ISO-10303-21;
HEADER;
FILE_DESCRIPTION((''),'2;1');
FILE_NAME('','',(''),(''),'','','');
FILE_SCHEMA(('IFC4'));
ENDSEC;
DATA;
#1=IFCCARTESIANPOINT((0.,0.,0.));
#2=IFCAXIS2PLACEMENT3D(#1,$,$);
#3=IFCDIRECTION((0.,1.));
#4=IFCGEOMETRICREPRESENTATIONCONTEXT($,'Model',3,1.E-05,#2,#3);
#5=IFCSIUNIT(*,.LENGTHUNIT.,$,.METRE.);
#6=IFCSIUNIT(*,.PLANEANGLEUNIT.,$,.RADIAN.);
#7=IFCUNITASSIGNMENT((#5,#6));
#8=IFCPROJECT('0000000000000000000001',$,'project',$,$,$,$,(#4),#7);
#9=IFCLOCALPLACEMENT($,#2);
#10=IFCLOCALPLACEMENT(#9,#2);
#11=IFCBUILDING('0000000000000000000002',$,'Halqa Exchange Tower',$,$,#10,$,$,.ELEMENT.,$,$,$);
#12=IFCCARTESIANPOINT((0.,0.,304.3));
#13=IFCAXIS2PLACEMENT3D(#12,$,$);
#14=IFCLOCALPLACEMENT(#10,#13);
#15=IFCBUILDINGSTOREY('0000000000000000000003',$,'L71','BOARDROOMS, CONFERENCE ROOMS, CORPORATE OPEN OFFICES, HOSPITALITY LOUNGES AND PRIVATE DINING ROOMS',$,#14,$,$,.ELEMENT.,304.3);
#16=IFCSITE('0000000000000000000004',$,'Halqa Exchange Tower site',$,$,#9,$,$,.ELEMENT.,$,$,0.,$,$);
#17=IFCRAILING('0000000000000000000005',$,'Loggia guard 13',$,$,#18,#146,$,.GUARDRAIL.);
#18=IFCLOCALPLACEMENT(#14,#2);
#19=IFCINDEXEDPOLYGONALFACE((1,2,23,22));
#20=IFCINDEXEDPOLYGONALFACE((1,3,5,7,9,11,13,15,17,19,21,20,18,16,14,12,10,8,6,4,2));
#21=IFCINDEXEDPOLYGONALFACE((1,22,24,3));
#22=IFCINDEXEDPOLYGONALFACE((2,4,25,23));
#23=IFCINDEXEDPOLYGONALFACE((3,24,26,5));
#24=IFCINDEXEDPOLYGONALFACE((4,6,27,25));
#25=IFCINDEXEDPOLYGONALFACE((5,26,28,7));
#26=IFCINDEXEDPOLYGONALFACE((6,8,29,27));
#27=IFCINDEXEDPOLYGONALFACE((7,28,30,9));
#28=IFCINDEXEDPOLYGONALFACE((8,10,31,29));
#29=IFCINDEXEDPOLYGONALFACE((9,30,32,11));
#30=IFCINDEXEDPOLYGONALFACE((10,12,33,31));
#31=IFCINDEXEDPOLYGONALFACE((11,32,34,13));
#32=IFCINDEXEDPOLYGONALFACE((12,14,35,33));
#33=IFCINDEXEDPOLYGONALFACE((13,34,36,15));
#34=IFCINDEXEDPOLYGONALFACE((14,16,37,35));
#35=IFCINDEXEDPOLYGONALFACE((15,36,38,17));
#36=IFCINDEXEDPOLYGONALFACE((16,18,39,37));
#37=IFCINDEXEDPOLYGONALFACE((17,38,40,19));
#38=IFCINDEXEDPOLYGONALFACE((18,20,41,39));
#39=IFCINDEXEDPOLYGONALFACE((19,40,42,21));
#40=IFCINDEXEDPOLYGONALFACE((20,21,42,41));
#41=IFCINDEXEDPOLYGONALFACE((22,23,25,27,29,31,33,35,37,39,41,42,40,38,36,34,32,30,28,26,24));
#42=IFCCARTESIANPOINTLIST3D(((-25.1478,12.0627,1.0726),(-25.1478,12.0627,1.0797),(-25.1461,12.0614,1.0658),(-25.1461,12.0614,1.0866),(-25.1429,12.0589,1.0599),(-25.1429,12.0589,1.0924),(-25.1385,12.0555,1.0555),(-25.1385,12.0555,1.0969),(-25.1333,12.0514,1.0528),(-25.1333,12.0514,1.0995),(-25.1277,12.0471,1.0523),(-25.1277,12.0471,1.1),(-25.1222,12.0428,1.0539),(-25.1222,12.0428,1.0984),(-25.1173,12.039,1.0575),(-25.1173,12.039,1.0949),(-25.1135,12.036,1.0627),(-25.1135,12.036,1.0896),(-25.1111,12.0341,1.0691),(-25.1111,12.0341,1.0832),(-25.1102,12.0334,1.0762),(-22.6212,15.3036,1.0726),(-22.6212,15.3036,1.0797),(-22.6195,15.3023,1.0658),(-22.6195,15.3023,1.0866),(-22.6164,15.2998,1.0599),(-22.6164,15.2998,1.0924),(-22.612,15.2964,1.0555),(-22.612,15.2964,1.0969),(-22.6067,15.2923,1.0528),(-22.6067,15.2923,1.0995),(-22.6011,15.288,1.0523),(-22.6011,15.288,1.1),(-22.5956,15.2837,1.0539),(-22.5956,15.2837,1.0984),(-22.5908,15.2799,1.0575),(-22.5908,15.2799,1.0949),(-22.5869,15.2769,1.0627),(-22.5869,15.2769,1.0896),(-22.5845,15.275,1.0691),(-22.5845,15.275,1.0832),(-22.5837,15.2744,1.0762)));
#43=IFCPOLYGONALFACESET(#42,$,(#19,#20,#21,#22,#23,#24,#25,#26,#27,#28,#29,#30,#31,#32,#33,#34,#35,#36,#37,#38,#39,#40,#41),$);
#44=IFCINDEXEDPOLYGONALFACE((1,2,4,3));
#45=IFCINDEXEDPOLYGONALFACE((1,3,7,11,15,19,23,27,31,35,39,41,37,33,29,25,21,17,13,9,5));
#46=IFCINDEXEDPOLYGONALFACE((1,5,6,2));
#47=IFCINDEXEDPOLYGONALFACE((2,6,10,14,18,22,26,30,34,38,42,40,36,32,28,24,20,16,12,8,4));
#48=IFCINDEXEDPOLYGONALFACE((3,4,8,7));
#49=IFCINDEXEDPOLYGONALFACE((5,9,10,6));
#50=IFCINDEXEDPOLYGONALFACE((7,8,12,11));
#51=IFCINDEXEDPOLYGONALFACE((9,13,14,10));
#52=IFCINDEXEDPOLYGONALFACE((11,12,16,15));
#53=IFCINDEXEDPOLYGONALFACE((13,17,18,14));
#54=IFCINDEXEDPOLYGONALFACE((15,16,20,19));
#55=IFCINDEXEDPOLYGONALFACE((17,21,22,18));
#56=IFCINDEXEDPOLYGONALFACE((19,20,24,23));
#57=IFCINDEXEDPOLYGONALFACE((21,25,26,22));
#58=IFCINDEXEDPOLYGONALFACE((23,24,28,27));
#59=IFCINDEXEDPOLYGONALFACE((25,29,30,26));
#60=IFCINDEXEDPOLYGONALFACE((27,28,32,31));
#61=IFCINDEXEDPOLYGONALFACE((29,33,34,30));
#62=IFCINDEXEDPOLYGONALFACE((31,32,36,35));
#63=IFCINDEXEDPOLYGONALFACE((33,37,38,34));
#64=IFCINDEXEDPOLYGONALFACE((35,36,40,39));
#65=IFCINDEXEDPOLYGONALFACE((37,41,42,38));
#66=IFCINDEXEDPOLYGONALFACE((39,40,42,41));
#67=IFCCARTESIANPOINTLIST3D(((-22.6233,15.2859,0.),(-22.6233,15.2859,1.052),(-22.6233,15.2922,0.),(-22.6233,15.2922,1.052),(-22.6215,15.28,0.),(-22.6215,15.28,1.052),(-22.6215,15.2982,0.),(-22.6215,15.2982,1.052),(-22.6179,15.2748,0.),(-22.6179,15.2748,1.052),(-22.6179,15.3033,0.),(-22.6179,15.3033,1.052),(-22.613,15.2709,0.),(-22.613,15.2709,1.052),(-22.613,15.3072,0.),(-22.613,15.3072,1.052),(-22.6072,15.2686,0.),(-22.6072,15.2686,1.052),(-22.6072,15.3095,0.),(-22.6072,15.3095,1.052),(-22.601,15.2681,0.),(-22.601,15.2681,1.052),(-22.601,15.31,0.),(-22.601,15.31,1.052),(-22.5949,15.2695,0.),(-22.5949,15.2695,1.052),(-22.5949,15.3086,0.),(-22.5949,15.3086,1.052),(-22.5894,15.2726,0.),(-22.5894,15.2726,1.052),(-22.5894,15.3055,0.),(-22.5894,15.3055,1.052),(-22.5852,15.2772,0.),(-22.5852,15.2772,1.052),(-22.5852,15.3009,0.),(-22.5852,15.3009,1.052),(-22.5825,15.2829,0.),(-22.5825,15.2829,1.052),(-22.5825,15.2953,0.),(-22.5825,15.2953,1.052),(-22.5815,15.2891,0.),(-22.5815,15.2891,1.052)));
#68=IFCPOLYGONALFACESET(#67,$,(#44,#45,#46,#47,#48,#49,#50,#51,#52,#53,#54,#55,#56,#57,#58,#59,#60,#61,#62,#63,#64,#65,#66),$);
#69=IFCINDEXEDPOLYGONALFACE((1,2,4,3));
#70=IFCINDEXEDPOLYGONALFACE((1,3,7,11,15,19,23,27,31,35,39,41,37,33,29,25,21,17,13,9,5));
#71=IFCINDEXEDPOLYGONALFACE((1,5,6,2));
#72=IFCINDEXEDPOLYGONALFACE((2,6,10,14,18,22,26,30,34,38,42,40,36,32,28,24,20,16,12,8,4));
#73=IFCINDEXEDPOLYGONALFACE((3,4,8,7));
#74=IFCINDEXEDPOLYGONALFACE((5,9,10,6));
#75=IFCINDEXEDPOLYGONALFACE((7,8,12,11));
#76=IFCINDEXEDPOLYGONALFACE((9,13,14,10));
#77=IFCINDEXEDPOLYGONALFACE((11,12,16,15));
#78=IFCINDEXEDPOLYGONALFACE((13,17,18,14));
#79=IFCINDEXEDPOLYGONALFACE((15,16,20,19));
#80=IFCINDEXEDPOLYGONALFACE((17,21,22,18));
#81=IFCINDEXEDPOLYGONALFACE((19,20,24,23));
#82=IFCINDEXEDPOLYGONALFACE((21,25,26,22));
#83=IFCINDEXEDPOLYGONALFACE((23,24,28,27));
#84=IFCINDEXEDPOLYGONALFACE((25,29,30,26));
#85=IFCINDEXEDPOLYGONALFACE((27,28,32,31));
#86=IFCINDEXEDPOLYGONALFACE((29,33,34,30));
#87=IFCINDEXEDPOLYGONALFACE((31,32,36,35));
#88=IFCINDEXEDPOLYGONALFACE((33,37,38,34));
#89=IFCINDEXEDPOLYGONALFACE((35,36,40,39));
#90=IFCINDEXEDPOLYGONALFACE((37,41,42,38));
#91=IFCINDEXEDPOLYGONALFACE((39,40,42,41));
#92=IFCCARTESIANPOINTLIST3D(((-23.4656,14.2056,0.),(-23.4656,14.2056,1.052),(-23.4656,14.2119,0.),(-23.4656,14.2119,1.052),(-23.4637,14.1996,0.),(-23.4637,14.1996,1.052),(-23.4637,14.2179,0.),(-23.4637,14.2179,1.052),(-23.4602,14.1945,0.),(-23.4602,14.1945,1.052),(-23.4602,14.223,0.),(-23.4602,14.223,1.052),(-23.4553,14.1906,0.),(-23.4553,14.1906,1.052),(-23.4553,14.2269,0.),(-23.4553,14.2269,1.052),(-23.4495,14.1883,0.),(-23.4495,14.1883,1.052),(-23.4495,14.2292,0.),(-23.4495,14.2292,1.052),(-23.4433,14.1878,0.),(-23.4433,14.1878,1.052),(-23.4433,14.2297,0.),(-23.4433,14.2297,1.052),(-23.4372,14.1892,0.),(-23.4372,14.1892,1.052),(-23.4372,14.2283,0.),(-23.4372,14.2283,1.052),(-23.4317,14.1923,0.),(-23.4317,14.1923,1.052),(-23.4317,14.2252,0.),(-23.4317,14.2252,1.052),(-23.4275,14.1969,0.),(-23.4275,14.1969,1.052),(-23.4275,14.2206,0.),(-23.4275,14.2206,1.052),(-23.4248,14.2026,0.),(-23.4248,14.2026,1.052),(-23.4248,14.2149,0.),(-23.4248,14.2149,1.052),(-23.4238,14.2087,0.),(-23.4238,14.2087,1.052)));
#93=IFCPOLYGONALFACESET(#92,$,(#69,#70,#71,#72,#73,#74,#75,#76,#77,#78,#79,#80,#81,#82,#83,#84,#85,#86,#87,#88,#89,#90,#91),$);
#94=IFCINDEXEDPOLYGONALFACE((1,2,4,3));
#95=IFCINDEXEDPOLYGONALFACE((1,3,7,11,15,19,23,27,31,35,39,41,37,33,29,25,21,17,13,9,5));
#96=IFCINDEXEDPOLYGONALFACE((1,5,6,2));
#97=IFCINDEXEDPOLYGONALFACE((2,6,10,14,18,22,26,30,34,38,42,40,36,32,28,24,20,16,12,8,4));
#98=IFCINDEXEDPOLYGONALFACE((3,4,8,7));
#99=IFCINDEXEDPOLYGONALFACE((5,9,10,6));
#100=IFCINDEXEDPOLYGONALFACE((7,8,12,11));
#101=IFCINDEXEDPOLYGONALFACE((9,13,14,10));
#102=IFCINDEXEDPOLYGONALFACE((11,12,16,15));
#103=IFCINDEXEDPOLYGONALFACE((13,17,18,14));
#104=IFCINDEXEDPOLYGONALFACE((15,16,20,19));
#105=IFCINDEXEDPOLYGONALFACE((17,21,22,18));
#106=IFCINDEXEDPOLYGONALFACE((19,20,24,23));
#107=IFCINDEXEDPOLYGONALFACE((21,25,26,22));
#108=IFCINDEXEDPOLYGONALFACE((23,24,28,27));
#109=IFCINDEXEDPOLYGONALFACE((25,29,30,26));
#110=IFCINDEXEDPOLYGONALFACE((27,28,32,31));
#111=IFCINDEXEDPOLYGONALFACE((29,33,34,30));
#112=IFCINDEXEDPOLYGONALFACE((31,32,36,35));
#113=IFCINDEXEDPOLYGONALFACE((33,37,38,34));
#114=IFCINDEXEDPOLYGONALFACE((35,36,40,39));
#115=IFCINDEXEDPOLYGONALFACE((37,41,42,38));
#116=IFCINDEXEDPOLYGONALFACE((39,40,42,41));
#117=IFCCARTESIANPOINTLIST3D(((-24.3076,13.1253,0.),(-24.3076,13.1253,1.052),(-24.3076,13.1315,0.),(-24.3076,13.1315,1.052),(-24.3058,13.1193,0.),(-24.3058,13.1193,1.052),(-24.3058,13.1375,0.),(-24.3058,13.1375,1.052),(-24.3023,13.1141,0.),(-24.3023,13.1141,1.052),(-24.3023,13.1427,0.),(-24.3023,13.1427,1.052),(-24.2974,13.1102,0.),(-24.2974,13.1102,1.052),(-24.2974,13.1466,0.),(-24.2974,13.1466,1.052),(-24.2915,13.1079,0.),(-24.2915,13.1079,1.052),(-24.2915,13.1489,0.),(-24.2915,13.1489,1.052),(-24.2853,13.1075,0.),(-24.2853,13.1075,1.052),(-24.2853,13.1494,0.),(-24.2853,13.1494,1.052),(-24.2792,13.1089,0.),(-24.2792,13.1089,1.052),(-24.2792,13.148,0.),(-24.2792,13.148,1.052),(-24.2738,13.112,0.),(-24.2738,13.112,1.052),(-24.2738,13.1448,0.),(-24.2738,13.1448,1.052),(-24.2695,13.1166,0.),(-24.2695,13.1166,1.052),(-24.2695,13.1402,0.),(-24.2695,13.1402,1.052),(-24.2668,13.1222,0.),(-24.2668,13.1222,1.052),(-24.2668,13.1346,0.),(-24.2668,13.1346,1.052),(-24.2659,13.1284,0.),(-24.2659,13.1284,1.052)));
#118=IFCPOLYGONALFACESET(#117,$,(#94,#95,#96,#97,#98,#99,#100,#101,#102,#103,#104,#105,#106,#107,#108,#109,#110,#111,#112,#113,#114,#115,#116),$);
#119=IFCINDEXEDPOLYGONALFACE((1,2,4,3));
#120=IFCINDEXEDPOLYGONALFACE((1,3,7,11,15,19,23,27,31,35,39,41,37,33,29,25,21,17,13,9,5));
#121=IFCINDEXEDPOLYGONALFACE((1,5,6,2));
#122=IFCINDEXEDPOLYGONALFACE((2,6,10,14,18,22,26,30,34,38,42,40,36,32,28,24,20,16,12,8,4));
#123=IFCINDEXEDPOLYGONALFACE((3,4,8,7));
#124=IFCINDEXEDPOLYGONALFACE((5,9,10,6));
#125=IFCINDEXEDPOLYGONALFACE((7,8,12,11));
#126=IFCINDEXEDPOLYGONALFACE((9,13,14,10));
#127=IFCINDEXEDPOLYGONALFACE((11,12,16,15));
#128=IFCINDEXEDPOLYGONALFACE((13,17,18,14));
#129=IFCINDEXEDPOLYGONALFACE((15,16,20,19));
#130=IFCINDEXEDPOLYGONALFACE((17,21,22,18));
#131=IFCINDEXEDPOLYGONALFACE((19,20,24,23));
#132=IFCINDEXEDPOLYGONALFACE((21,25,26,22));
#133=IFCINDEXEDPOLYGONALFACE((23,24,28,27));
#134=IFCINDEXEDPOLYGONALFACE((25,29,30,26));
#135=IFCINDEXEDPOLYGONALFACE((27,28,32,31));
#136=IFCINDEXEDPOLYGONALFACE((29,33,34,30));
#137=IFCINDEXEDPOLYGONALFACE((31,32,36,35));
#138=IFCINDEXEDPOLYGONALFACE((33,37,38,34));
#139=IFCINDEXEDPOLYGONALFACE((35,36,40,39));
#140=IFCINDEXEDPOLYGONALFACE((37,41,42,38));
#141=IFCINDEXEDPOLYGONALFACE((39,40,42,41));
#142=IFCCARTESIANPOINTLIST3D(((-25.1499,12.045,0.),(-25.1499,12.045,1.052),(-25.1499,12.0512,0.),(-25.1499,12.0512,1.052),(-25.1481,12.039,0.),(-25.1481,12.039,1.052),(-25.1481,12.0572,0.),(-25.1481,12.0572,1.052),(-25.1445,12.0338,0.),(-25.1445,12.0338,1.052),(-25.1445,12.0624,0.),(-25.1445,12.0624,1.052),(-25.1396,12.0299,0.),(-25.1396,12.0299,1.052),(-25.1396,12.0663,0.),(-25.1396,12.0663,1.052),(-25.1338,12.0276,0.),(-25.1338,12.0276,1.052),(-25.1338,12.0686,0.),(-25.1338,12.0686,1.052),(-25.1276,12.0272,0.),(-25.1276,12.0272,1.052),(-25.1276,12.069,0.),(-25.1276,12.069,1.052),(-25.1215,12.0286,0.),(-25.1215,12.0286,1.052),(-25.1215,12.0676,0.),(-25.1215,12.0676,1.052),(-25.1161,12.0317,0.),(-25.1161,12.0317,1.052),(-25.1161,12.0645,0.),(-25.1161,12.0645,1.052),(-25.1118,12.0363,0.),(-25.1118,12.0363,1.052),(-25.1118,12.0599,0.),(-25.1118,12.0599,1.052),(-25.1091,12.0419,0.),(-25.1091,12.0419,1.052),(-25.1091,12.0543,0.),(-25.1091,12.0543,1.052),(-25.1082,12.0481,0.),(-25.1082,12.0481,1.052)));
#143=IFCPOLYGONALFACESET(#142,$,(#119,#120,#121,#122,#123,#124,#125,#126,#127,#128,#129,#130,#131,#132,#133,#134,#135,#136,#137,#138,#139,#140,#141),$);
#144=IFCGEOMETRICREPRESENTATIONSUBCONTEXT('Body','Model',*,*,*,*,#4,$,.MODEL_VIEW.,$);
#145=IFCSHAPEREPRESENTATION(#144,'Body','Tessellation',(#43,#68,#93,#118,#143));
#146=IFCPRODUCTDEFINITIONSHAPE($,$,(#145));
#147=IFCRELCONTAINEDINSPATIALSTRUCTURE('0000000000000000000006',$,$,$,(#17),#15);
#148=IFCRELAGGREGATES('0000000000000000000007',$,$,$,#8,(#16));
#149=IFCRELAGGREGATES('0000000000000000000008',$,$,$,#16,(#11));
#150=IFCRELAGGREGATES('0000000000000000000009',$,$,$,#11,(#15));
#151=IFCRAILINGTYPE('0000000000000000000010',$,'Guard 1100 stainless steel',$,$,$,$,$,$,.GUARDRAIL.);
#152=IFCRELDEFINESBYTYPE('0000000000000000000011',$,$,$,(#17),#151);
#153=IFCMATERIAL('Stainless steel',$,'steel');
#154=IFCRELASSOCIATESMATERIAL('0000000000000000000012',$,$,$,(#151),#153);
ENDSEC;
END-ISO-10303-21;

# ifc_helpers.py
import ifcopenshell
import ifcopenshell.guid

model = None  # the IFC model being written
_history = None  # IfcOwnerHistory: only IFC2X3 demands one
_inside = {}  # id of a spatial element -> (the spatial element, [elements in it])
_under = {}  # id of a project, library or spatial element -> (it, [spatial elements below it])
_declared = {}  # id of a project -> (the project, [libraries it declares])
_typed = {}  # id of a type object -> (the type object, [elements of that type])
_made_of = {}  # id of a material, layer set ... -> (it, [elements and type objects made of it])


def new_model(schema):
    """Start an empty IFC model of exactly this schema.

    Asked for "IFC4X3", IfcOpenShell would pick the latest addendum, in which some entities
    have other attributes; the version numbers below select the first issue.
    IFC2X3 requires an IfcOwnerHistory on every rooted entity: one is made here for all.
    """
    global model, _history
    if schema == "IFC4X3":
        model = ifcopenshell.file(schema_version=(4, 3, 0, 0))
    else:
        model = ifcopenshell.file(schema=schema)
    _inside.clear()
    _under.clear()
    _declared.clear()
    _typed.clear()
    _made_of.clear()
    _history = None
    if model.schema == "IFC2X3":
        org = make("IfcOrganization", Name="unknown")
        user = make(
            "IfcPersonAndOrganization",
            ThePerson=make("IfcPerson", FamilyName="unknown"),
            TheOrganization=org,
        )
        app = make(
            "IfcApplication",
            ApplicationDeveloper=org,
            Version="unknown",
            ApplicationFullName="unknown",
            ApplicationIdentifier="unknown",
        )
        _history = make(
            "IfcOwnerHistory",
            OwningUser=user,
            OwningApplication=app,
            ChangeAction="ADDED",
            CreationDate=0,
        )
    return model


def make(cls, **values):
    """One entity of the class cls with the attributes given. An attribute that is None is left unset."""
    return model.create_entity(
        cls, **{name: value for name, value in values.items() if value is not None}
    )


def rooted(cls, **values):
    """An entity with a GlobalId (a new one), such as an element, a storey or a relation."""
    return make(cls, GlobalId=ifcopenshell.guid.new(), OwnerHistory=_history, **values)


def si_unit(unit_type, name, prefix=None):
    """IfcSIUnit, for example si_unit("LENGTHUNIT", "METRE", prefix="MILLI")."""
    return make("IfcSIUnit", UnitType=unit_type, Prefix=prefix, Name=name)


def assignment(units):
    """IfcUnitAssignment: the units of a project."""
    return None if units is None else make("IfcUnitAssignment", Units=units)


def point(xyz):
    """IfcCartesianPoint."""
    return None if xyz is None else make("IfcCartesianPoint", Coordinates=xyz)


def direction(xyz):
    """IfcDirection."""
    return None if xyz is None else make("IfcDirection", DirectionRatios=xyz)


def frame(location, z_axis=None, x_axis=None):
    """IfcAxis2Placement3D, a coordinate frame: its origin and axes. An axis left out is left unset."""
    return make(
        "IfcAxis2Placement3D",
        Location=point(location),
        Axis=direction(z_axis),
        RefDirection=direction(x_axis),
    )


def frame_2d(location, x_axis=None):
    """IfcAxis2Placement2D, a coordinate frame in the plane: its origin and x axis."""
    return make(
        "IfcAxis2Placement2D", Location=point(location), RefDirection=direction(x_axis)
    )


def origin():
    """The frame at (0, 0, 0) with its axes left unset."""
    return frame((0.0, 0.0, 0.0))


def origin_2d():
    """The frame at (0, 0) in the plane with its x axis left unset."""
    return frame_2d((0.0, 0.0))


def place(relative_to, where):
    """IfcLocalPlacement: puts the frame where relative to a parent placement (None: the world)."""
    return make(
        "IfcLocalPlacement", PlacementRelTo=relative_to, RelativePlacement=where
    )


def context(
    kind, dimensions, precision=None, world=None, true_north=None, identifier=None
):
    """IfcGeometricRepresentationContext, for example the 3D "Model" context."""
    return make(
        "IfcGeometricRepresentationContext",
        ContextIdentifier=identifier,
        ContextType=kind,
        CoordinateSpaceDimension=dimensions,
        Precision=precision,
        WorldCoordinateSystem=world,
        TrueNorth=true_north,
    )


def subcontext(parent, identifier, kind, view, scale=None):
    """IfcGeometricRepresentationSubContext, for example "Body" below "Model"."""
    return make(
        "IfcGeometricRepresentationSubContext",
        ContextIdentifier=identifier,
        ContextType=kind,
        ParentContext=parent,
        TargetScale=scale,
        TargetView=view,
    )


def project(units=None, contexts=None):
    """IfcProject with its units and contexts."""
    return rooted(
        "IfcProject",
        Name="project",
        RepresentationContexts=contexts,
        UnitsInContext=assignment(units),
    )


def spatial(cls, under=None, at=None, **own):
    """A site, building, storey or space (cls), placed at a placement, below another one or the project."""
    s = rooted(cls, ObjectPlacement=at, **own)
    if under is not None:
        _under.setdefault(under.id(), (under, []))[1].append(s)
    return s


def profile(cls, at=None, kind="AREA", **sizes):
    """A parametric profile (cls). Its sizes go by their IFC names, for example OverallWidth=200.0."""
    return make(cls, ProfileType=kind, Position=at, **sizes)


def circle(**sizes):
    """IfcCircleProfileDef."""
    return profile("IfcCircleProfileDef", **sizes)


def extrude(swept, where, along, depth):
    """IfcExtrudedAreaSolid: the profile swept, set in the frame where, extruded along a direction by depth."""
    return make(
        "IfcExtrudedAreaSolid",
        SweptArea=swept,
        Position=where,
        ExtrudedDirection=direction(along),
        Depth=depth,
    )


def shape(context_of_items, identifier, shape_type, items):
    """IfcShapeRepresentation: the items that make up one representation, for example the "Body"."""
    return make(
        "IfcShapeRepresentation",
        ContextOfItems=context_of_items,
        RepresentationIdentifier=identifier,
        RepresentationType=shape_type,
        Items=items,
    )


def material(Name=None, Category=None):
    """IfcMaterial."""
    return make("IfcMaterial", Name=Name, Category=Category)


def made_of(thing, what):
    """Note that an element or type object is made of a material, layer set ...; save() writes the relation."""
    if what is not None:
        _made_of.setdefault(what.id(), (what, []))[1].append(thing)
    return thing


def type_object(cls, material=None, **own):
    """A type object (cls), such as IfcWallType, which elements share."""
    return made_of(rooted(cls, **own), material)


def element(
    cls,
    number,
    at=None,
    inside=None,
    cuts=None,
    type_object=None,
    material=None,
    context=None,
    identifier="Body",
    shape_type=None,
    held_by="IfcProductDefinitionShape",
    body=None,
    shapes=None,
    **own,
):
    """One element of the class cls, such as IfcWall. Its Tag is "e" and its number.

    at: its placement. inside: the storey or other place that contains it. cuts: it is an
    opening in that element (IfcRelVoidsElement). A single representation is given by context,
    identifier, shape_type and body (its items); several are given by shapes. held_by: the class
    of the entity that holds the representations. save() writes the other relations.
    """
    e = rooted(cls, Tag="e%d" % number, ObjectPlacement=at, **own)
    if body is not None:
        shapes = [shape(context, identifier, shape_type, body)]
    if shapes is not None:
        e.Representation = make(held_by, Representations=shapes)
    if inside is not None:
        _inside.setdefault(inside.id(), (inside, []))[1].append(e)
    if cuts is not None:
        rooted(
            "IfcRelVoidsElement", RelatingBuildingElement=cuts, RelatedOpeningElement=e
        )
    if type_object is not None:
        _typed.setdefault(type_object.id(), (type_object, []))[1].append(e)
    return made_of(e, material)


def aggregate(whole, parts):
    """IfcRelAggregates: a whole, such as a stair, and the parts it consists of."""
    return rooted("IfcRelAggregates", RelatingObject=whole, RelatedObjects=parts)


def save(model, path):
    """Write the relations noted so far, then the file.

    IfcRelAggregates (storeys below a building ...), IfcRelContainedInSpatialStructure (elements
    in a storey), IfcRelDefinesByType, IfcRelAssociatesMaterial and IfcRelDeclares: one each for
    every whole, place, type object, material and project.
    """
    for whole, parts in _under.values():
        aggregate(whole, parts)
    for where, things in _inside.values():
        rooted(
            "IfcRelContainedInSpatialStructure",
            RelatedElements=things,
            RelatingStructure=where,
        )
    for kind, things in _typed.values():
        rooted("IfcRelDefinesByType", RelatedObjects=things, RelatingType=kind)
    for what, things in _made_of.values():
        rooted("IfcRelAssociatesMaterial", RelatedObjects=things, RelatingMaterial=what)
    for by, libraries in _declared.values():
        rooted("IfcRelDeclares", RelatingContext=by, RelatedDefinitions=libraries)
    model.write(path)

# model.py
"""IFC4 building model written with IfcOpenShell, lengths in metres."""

from ifc_helpers import new_model, si_unit, direction, frame, origin, origin_2d, place, context, subcontext, project, spatial, circle, extrude, material, type_object, element, save


model = new_model("IFC4")

# Units and contexts
model_context = context("Model", 3, precision=1e-05, world=origin(), true_north=direction((0.0, 1.0)))
body_context = subcontext(model_context, "Body", "Model", "MODEL_VIEW")
ifc_project = project(units=[si_unit("LENGTHUNIT", "METRE"), si_unit("PLANEANGLEUNIT", "RADIAN")], contexts=[model_context])

# Site, building, storey
site_placement = place(None, origin())
site = spatial("IfcSite", under=ifc_project, at=site_placement, Name="Halqa Exchange Tower site", CompositionType="ELEMENT", RefElevation=0.0)
building_placement = place(site_placement, origin())
building = spatial("IfcBuilding", under=site, at=building_placement, Name="Halqa Exchange Tower", CompositionType="ELEMENT")
storey_placement = place(building_placement, frame((0.0, 0.0, 304.3)))
storey = spatial("IfcBuildingStorey", under=building, at=storey_placement, Name="L71", Description="BOARDROOMS, CONFERENCE ROOMS, CORPORATE OPEN OFFICES, HOSPITALITY LOUNGES AND PRIVATE DINING ROOMS", CompositionType="ELEMENT", Elevation=304.3)

# Railing
ifc_material_1 = material(Name="Stainless steel", Category="steel")
railing_type = type_object("IfcRailingType", Name="Guard 1100 stainless steel", PredefinedType="GUARDRAIL", material=ifc_material_1)
railing_1_placement = place(storey_placement, frame((-22.6025, 15.2891, 0.0)))
element("IfcRailing", 1, at=railing_1_placement, inside=storey, type_object=railing_type, Name="Loggia guard 13", PredefinedType="GUARDRAIL", context=body_context, shape_type="SweptSolid", body=[
    extrude(circle(Radius=0.0239, at=origin_2d()), frame((0.0, 0.0, 1.0762), z_axis=(-0.614829, -0.788661, 0.0), x_axis=(0.788661, -0.614829, 0.0)), (0.0, 0.0, 1.0), 4.1094),
    extrude(circle(Radius=0.021, at=origin_2d()), origin(), (0.0, 0.0, 1.0), 1.052),
    extrude(circle(Radius=0.021, at=origin_2d()), frame((-0.8423, -1.0803, 0.0)), (0.0, 0.0, 1.0), 1.052),
    extrude(circle(Radius=0.021, at=origin_2d()), frame((-1.6843, -2.1606, 0.0)), (0.0, 0.0, 1.0), 1.052),
    extrude(circle(Radius=0.021, at=origin_2d()), frame((-2.5266, -3.241, 0.0)), (0.0, 0.0, 1.0), 1.052),
])

save(model, "model.ifc")
